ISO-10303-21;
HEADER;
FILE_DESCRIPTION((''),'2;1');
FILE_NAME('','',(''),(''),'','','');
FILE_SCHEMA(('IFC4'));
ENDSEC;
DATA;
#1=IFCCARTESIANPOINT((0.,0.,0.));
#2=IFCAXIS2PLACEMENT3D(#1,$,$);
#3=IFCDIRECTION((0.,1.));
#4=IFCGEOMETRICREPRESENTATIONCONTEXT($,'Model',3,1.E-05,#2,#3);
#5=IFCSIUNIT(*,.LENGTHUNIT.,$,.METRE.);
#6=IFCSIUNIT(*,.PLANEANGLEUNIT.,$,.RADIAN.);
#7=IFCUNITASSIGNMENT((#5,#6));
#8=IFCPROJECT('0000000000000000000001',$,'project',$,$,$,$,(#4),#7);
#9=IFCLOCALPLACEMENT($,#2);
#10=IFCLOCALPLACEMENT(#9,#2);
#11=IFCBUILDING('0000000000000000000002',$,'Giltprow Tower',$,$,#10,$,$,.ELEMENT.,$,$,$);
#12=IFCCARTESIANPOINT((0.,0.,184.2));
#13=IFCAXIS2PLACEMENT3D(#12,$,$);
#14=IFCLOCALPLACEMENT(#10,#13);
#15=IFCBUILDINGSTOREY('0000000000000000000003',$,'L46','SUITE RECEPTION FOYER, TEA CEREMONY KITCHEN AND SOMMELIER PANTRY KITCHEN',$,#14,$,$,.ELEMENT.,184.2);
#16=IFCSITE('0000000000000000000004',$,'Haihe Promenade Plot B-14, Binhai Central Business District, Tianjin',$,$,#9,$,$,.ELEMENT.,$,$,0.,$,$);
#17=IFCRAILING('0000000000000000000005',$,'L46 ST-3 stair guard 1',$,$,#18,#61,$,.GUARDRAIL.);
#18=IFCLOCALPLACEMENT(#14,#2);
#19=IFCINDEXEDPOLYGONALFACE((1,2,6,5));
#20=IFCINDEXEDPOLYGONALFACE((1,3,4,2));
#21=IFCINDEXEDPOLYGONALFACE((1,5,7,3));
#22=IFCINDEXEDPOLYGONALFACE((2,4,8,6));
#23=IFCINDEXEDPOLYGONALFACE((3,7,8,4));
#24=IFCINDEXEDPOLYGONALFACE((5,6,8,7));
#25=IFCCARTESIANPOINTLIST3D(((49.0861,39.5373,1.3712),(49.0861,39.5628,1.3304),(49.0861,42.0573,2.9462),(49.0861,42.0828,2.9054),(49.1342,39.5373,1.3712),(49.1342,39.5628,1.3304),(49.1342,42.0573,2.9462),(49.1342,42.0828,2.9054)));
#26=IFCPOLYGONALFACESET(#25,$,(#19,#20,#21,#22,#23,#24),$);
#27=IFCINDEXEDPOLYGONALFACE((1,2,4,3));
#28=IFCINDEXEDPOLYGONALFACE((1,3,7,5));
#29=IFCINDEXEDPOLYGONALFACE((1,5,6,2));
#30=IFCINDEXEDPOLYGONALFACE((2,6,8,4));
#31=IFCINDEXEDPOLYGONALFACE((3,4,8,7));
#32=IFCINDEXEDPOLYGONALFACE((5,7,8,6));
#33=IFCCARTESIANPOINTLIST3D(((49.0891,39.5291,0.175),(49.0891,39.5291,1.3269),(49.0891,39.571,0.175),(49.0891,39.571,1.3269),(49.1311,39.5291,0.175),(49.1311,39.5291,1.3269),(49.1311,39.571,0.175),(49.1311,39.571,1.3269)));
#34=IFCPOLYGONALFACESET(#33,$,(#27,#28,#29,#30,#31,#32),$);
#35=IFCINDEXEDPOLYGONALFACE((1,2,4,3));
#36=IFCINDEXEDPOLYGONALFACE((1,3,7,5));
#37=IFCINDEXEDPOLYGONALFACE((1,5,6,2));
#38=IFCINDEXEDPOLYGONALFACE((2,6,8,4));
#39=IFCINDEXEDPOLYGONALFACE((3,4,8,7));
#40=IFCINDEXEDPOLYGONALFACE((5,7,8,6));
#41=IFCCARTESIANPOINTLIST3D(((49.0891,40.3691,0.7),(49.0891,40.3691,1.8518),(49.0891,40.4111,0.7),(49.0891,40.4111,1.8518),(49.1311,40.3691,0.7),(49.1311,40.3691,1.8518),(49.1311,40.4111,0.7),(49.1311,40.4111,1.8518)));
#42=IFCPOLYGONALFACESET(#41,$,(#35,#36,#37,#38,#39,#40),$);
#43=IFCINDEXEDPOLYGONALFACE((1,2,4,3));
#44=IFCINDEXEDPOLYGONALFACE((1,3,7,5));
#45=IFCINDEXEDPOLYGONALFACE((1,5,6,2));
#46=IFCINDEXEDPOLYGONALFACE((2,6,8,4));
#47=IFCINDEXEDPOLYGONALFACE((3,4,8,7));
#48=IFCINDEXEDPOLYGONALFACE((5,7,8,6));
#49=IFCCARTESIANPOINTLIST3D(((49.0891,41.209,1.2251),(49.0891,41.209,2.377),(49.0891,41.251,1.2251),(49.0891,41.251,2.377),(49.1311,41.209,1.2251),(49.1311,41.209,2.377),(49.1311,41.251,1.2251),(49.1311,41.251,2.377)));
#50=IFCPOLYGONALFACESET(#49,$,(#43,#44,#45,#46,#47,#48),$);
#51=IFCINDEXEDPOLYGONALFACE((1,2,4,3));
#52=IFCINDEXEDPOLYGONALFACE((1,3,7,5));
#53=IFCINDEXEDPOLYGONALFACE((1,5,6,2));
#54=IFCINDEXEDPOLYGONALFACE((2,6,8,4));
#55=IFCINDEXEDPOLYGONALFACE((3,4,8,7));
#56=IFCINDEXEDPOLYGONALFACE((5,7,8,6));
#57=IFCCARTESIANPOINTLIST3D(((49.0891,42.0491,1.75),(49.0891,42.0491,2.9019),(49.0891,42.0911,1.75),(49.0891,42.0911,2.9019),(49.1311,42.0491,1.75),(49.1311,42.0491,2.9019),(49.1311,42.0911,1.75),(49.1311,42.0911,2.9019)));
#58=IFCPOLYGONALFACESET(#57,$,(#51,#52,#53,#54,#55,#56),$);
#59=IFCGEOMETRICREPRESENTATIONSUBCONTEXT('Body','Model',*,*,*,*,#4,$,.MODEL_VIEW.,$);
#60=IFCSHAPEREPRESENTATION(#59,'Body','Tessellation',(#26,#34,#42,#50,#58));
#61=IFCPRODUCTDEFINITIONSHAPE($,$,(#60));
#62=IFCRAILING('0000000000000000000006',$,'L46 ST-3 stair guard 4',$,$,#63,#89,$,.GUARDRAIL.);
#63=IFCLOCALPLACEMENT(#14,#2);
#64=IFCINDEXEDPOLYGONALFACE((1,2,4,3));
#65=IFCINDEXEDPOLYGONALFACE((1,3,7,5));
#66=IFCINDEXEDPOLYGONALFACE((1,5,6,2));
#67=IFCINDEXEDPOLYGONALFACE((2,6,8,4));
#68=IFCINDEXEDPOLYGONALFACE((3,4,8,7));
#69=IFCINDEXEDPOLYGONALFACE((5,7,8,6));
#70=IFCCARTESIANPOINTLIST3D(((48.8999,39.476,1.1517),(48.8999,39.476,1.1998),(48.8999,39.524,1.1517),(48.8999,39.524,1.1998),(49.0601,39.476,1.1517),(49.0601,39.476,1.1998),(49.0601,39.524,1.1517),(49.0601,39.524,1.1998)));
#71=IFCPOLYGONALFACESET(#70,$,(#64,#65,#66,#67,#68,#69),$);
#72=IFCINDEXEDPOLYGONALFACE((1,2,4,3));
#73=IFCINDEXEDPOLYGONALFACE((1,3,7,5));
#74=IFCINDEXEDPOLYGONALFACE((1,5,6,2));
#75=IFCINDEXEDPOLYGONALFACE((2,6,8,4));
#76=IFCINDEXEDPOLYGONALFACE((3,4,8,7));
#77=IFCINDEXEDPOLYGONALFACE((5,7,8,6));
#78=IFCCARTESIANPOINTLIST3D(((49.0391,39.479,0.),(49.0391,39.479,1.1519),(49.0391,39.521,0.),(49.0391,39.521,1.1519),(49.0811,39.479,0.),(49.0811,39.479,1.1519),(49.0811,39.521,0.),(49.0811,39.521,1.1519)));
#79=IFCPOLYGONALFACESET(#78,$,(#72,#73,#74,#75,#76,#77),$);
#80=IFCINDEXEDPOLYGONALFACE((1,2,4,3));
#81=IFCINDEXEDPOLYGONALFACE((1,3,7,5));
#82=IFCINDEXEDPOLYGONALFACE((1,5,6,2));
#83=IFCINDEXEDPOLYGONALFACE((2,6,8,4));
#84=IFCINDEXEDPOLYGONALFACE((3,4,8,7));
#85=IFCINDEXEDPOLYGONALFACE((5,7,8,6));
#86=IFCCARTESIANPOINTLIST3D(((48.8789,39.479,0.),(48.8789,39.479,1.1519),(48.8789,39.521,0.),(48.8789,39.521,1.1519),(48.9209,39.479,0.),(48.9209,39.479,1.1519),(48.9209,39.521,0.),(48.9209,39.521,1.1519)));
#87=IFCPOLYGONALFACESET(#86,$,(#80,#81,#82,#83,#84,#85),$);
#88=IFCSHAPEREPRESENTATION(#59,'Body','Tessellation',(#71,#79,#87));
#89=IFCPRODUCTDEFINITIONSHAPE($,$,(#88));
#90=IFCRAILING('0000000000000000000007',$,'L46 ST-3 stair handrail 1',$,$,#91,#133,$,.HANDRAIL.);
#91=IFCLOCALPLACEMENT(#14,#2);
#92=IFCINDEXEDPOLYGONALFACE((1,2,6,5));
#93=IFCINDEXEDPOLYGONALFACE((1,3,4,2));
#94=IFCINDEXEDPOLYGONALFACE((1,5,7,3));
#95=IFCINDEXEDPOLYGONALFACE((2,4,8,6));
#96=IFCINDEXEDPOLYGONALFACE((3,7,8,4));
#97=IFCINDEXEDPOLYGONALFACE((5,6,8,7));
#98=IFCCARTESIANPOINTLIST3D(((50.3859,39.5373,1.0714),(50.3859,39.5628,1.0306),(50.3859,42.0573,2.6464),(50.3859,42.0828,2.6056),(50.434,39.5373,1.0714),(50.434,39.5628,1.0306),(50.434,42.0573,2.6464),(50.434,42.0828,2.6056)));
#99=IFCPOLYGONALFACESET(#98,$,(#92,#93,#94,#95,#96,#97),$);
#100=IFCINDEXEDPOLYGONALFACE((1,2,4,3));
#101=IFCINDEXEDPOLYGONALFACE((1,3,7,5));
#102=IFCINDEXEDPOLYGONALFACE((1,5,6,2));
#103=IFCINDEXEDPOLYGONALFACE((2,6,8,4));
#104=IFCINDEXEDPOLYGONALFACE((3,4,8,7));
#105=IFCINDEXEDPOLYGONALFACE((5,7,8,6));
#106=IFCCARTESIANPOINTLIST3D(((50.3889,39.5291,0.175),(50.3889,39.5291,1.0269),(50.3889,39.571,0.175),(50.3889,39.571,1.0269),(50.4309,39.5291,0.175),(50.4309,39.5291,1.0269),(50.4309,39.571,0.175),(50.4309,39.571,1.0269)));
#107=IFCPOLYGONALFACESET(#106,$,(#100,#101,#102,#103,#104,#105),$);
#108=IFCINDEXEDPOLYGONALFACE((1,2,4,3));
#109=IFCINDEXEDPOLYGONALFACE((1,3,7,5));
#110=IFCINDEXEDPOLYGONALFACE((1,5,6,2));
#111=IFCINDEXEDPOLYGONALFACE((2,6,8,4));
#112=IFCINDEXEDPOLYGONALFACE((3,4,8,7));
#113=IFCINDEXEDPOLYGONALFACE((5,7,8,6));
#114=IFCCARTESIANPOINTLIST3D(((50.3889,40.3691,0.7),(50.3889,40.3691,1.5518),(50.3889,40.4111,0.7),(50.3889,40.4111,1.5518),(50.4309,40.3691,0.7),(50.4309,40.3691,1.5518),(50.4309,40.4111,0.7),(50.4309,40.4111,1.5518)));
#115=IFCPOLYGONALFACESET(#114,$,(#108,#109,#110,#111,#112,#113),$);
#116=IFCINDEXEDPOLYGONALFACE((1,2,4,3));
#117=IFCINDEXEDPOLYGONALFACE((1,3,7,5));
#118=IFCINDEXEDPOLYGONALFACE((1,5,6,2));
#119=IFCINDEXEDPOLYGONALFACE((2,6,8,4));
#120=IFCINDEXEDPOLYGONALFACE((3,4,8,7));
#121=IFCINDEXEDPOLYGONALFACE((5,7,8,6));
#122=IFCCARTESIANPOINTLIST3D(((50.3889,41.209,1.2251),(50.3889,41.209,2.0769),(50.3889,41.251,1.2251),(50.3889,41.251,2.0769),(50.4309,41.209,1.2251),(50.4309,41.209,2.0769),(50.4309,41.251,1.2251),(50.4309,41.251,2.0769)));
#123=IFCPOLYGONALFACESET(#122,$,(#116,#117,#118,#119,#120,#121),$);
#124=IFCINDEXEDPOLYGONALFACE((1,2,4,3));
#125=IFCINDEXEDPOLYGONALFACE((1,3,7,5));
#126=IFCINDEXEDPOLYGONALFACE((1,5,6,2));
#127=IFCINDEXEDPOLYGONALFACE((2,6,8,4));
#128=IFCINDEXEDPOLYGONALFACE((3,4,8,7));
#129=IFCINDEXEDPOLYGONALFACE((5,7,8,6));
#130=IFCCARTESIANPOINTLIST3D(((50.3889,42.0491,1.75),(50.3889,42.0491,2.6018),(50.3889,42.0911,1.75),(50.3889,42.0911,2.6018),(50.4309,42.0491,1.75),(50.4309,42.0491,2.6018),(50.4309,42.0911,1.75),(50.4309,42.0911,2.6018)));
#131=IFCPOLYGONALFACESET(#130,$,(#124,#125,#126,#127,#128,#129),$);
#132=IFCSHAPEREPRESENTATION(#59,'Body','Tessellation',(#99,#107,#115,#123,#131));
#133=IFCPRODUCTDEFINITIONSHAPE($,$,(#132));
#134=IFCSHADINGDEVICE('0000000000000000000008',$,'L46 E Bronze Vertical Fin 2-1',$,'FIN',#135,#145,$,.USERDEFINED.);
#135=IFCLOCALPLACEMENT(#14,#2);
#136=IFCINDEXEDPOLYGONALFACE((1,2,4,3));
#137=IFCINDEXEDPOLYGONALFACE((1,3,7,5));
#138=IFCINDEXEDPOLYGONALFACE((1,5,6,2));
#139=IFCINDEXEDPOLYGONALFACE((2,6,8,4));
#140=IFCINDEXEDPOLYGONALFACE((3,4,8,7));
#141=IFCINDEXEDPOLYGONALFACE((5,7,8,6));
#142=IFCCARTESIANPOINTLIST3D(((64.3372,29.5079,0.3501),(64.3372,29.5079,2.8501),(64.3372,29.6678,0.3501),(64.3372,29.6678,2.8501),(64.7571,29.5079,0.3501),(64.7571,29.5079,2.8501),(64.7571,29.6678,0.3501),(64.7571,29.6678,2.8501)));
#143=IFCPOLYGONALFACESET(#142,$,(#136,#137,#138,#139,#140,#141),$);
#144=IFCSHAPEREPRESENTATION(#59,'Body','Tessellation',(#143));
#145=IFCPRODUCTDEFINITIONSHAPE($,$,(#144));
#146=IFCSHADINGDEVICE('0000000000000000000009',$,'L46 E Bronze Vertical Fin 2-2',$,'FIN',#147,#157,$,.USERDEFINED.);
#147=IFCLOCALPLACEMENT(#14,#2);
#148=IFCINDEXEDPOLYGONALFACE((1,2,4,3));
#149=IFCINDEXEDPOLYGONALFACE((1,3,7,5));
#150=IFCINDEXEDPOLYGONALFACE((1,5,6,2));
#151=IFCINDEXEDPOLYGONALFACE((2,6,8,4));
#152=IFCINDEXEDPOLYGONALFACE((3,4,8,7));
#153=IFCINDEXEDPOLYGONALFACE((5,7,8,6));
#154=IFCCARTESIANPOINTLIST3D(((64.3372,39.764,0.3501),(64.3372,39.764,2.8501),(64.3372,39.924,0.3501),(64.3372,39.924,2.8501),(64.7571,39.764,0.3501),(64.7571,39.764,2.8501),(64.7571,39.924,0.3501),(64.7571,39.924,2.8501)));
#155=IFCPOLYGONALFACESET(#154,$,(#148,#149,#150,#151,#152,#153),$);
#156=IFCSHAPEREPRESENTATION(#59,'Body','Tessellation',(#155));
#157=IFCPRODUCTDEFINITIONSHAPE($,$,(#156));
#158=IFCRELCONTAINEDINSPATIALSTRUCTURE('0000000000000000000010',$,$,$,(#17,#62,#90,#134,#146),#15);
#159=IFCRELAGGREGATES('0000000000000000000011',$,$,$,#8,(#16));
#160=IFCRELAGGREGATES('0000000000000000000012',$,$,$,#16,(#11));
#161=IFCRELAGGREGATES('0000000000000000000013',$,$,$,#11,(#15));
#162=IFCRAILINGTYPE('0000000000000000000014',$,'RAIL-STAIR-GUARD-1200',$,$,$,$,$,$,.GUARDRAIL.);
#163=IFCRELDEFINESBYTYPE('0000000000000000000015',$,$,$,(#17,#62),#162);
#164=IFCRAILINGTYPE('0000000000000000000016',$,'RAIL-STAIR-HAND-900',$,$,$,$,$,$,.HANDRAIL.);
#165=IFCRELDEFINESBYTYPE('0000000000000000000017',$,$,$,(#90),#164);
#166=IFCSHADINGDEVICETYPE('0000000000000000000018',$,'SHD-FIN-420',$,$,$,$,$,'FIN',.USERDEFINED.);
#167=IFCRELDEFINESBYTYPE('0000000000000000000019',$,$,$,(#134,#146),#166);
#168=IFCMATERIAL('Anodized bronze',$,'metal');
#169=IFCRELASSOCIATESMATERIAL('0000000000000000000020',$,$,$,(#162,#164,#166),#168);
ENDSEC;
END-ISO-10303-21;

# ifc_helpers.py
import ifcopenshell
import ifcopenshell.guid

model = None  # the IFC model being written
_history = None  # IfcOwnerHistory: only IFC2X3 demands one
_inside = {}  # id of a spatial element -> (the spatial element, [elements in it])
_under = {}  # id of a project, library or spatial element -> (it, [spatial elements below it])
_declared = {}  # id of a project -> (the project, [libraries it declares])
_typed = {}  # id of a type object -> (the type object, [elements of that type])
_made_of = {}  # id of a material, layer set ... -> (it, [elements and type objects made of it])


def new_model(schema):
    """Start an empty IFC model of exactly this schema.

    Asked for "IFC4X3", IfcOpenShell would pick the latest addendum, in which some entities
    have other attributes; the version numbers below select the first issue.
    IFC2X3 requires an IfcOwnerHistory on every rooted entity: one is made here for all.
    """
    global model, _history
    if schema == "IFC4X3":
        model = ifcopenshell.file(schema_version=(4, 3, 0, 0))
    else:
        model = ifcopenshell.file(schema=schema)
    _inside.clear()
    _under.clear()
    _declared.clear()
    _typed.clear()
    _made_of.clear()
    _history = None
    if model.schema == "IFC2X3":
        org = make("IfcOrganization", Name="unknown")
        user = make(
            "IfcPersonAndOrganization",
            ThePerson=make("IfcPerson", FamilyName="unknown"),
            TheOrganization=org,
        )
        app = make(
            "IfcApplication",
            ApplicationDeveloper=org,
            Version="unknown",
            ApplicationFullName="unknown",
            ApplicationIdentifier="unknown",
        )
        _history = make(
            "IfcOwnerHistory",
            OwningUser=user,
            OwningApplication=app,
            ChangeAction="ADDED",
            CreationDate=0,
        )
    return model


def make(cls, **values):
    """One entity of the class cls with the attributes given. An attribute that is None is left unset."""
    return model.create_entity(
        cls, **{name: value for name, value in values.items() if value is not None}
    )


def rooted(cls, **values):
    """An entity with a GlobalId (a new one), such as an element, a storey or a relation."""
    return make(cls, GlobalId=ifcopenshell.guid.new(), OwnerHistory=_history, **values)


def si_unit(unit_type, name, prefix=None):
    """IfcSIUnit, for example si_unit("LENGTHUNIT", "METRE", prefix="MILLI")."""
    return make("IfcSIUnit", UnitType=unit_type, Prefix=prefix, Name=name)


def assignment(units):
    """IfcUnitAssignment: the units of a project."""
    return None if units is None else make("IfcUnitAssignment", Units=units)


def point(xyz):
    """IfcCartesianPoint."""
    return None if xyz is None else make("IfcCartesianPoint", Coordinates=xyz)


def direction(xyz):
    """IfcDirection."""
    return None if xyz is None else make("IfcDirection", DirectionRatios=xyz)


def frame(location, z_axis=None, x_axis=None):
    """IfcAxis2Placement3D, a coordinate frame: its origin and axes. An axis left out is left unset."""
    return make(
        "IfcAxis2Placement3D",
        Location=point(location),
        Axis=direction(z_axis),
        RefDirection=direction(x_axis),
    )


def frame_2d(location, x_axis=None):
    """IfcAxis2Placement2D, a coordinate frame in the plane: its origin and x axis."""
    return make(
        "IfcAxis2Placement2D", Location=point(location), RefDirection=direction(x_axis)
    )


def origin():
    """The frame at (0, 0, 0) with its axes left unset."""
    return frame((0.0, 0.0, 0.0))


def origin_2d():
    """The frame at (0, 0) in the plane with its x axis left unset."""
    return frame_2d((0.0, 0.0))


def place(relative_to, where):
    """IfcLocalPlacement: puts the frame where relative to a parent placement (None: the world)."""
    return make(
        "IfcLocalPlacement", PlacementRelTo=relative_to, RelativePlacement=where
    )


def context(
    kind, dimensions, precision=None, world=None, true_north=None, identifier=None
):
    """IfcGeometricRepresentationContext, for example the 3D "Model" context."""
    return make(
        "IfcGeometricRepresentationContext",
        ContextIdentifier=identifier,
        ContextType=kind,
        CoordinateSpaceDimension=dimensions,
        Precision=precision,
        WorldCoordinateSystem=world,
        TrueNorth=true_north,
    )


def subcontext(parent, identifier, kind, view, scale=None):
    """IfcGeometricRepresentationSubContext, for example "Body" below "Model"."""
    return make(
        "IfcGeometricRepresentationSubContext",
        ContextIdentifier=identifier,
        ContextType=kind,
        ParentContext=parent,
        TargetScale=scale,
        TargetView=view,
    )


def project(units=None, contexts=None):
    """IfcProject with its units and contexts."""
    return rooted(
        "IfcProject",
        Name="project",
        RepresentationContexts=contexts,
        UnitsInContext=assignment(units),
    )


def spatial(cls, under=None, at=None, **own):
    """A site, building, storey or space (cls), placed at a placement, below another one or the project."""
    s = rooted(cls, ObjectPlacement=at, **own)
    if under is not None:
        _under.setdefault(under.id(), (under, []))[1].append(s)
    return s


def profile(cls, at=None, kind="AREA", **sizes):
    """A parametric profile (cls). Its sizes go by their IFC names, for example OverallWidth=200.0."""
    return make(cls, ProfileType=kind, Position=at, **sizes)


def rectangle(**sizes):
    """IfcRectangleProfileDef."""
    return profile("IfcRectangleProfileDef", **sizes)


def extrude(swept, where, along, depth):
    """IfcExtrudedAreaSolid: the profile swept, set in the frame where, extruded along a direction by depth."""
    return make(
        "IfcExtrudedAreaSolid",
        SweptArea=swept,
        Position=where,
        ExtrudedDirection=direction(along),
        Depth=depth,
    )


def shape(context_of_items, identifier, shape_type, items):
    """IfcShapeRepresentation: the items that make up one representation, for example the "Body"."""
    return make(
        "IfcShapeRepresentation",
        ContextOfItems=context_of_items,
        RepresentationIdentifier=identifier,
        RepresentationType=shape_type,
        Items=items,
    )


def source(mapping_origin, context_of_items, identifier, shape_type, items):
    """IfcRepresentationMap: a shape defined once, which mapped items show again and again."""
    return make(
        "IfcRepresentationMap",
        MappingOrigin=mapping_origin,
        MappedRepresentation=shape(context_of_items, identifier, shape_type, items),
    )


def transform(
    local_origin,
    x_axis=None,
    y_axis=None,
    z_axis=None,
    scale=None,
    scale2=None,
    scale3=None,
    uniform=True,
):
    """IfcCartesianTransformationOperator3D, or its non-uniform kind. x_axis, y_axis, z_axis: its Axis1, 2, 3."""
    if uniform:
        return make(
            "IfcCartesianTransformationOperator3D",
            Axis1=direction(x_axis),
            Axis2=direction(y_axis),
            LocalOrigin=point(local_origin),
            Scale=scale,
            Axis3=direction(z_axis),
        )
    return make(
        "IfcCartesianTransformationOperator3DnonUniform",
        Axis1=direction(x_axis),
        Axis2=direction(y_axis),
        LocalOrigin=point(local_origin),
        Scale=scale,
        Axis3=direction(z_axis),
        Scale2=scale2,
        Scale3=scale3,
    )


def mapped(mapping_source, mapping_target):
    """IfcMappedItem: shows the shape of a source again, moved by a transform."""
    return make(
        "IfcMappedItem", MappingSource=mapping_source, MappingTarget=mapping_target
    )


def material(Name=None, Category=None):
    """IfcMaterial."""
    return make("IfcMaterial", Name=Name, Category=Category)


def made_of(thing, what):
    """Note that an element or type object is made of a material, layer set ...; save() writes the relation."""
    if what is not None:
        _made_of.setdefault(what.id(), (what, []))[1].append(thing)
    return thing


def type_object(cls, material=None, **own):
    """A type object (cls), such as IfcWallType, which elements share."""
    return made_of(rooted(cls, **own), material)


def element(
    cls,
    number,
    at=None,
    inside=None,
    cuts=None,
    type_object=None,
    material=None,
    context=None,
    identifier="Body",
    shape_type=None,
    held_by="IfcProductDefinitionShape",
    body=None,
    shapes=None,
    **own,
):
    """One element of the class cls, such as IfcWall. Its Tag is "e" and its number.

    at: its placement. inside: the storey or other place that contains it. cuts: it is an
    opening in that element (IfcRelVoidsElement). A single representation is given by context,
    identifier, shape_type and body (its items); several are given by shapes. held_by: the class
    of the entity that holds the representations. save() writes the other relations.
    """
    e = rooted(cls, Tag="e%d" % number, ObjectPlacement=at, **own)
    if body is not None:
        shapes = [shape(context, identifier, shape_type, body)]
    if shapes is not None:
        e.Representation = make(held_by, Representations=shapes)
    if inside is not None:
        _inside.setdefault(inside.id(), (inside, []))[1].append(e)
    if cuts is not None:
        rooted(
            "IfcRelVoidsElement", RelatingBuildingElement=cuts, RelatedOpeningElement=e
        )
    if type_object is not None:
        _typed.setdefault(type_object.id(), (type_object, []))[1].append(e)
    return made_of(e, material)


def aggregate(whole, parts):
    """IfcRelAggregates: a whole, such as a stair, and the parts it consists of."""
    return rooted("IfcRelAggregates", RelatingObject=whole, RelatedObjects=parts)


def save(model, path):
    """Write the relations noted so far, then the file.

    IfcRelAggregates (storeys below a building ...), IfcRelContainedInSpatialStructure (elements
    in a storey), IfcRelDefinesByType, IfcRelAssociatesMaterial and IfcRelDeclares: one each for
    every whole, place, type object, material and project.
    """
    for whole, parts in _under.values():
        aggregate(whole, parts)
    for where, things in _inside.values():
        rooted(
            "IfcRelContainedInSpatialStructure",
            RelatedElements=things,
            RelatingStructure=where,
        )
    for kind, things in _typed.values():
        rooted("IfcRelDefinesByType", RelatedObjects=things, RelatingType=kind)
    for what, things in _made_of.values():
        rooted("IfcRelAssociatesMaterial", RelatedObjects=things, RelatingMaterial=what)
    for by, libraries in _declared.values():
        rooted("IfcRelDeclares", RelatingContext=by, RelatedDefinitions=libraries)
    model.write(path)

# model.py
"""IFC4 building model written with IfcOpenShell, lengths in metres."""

from ifc_helpers import new_model, si_unit, direction, frame, origin, origin_2d, place, context, subcontext, project, spatial, rectangle, extrude, source, transform, mapped, material, type_object, element, save


model = new_model("IFC4")

# Units and contexts
model_context = context("Model", 3, precision=1e-05, world=origin(), true_north=direction((0.0, 1.0)))
body_context = subcontext(model_context, "Body", "Model", "MODEL_VIEW")
ifc_project = project(units=[si_unit("LENGTHUNIT", "METRE"), si_unit("PLANEANGLEUNIT", "RADIAN")], contexts=[model_context])

# Site, building, storey
site_placement = place(None, origin())
site = spatial("IfcSite", under=ifc_project, at=site_placement, Name="Haihe Promenade Plot B-14, Binhai Central Business District, Tianjin", CompositionType="ELEMENT", RefElevation=0.0)
building_placement = place(site_placement, origin())
building = spatial("IfcBuilding", under=site, at=building_placement, Name="Giltprow Tower", CompositionType="ELEMENT")
storey_placement = place(building_placement, frame((0.0, 0.0, 184.2)))
storey = spatial("IfcBuildingStorey", under=building, at=storey_placement, Name="L46", Description="SUITE RECEPTION FOYER, TEA CEREMONY KITCHEN AND SOMMELIER PANTRY KITCHEN", CompositionType="ELEMENT", Elevation=184.2)

# Railings
ifc_material_1 = material(Name="Anodized bronze", Category="metal")
railing_type_1 = type_object("IfcRailingType", Name="RAIL-STAIR-GUARD-1200", PredefinedType="GUARDRAIL", material=ifc_material_1)
railing_1_placement = place(storey_placement, frame((49.1101, 39.55, 0.175)))
element("IfcRailing", 1, at=railing_1_placement, inside=storey, type_object=railing_type_1, Name="L46 ST-3 stair guard 1", PredefinedType="GUARDRAIL", context=body_context, shape_type="SweptSolid", body=[
    extrude(rectangle(XDim=0.0481, YDim=0.0481, at=origin_2d()), frame((0.0, 0.0, 1.1758), z_axis=(0.0, 0.848008, 0.529984), x_axis=(-1.0, 0.0, 0.0)), (0.0, 0.0, 1.0), 2.9717),
    extrude(rectangle(XDim=0.042, YDim=0.042, at=origin_2d()), origin(), (0.0, 0.0, 1.0), 1.1519),
    extrude(rectangle(XDim=0.042, YDim=0.042, at=origin_2d()), frame((0.0, 0.8401, 0.5249)), (0.0, 0.0, 1.0), 1.1519),
    extrude(rectangle(XDim=0.042, YDim=0.042, at=origin_2d()), frame((0.0, 1.6799, 1.05)), (0.0, 0.0, 1.0), 1.1519),
    extrude(rectangle(XDim=0.042, YDim=0.042, at=origin_2d()), frame((0.0, 2.52, 1.575)), (0.0, 0.0, 1.0), 1.1519),
])
railing_2_placement = place(storey_placement, frame((49.0601, 39.5, 0.0)))
element("IfcRailing", 2, at=railing_2_placement, inside=storey, type_object=railing_type_1, Name="L46 ST-3 stair guard 4", PredefinedType="GUARDRAIL", context=body_context, shape_type="SweptSolid", body=[
    extrude(rectangle(XDim=0.0481, YDim=0.0481, at=origin_2d()), frame((0.0, 0.0, 1.1758), z_axis=(-1.0, 0.0, 0.0), x_axis=(0.0, -1.0, 0.0)), (0.0, 0.0, 1.0), 0.1602),
    extrude(rectangle(XDim=0.042, YDim=0.042, at=origin_2d()), origin(), (0.0, 0.0, 1.0), 1.1519),
    extrude(rectangle(XDim=0.042, YDim=0.042, at=origin_2d()), frame((-0.1602, 0.0, 0.0)), (0.0, 0.0, 1.0), 1.1519),
])
railing_type_2 = type_object("IfcRailingType", Name="RAIL-STAIR-HAND-900", PredefinedType="HANDRAIL", material=ifc_material_1)
railing_3_placement = place(storey_placement, frame((50.4099, 39.55, 0.175)))
element("IfcRailing", 3, at=railing_3_placement, inside=storey, type_object=railing_type_2, Name="L46 ST-3 stair handrail 1", PredefinedType="HANDRAIL", context=body_context, shape_type="SweptSolid", body=[
    extrude(rectangle(XDim=0.0481, YDim=0.0481, at=origin_2d()), frame((0.0, 0.0, 0.876), z_axis=(0.0, 0.848008, 0.529984), x_axis=(-1.0, 0.0, 0.0)), (0.0, 0.0, 1.0), 2.9717),
    extrude(rectangle(XDim=0.042, YDim=0.042, at=origin_2d()), origin(), (0.0, 0.0, 1.0), 0.8518),
    extrude(rectangle(XDim=0.042, YDim=0.042, at=origin_2d()), frame((0.0, 0.8401, 0.5249)), (0.0, 0.0, 1.0), 0.8518),
    extrude(rectangle(XDim=0.042, YDim=0.042, at=origin_2d()), frame((0.0, 1.6799, 1.05)), (0.0, 0.0, 1.0), 0.8518),
    extrude(rectangle(XDim=0.042, YDim=0.042, at=origin_2d()), frame((0.0, 2.52, 1.575)), (0.0, 0.0, 1.0), 0.8518),
])

# Shading devices
shading_device_type = type_object("IfcShadingDeviceType", Name="SHD-FIN-420", ElementType="FIN", PredefinedType="USERDEFINED", material=ifc_material_1)
shared_shape_1 = source(origin(), body_context, "Body", "SweptSolid", [
    extrude(rectangle(XDim=0.4199, YDim=0.1599, at=origin_2d()), origin(), (0.0, 0.0, 1.0), 2.5),
])
for number, where, z_axis, x_axis, name in (
    (4, (64.5471, 29.5879, 0.3501), (0.0, 0.0, 1.0), (1.0, 0.0, 0.0), "L46 E Bronze Vertical Fin 2-1"),
    (5, (64.5471, 39.844, 0.3501), (0.0, 0.0, 1.0), (1.0, 0.0, 0.0), "L46 E Bronze Vertical Fin 2-2"),
):
    element("IfcShadingDevice", number, at=place(storey_placement, frame(where, z_axis=z_axis, x_axis=x_axis)), inside=storey, type_object=shading_device_type, Name=name, ObjectType="FIN", PredefinedType="USERDEFINED", context=body_context, shape_type="MappedRepresentation", body=[
        mapped(shared_shape_1, transform((0.0, 0.0, 0.0), x_axis=(1.0, 0.0, 0.0), y_axis=(0.0, 1.0, 0.0), z_axis=(0.0, 0.0, 1.0), scale=1.0)),
    ])

save(model, "model.ifc")
